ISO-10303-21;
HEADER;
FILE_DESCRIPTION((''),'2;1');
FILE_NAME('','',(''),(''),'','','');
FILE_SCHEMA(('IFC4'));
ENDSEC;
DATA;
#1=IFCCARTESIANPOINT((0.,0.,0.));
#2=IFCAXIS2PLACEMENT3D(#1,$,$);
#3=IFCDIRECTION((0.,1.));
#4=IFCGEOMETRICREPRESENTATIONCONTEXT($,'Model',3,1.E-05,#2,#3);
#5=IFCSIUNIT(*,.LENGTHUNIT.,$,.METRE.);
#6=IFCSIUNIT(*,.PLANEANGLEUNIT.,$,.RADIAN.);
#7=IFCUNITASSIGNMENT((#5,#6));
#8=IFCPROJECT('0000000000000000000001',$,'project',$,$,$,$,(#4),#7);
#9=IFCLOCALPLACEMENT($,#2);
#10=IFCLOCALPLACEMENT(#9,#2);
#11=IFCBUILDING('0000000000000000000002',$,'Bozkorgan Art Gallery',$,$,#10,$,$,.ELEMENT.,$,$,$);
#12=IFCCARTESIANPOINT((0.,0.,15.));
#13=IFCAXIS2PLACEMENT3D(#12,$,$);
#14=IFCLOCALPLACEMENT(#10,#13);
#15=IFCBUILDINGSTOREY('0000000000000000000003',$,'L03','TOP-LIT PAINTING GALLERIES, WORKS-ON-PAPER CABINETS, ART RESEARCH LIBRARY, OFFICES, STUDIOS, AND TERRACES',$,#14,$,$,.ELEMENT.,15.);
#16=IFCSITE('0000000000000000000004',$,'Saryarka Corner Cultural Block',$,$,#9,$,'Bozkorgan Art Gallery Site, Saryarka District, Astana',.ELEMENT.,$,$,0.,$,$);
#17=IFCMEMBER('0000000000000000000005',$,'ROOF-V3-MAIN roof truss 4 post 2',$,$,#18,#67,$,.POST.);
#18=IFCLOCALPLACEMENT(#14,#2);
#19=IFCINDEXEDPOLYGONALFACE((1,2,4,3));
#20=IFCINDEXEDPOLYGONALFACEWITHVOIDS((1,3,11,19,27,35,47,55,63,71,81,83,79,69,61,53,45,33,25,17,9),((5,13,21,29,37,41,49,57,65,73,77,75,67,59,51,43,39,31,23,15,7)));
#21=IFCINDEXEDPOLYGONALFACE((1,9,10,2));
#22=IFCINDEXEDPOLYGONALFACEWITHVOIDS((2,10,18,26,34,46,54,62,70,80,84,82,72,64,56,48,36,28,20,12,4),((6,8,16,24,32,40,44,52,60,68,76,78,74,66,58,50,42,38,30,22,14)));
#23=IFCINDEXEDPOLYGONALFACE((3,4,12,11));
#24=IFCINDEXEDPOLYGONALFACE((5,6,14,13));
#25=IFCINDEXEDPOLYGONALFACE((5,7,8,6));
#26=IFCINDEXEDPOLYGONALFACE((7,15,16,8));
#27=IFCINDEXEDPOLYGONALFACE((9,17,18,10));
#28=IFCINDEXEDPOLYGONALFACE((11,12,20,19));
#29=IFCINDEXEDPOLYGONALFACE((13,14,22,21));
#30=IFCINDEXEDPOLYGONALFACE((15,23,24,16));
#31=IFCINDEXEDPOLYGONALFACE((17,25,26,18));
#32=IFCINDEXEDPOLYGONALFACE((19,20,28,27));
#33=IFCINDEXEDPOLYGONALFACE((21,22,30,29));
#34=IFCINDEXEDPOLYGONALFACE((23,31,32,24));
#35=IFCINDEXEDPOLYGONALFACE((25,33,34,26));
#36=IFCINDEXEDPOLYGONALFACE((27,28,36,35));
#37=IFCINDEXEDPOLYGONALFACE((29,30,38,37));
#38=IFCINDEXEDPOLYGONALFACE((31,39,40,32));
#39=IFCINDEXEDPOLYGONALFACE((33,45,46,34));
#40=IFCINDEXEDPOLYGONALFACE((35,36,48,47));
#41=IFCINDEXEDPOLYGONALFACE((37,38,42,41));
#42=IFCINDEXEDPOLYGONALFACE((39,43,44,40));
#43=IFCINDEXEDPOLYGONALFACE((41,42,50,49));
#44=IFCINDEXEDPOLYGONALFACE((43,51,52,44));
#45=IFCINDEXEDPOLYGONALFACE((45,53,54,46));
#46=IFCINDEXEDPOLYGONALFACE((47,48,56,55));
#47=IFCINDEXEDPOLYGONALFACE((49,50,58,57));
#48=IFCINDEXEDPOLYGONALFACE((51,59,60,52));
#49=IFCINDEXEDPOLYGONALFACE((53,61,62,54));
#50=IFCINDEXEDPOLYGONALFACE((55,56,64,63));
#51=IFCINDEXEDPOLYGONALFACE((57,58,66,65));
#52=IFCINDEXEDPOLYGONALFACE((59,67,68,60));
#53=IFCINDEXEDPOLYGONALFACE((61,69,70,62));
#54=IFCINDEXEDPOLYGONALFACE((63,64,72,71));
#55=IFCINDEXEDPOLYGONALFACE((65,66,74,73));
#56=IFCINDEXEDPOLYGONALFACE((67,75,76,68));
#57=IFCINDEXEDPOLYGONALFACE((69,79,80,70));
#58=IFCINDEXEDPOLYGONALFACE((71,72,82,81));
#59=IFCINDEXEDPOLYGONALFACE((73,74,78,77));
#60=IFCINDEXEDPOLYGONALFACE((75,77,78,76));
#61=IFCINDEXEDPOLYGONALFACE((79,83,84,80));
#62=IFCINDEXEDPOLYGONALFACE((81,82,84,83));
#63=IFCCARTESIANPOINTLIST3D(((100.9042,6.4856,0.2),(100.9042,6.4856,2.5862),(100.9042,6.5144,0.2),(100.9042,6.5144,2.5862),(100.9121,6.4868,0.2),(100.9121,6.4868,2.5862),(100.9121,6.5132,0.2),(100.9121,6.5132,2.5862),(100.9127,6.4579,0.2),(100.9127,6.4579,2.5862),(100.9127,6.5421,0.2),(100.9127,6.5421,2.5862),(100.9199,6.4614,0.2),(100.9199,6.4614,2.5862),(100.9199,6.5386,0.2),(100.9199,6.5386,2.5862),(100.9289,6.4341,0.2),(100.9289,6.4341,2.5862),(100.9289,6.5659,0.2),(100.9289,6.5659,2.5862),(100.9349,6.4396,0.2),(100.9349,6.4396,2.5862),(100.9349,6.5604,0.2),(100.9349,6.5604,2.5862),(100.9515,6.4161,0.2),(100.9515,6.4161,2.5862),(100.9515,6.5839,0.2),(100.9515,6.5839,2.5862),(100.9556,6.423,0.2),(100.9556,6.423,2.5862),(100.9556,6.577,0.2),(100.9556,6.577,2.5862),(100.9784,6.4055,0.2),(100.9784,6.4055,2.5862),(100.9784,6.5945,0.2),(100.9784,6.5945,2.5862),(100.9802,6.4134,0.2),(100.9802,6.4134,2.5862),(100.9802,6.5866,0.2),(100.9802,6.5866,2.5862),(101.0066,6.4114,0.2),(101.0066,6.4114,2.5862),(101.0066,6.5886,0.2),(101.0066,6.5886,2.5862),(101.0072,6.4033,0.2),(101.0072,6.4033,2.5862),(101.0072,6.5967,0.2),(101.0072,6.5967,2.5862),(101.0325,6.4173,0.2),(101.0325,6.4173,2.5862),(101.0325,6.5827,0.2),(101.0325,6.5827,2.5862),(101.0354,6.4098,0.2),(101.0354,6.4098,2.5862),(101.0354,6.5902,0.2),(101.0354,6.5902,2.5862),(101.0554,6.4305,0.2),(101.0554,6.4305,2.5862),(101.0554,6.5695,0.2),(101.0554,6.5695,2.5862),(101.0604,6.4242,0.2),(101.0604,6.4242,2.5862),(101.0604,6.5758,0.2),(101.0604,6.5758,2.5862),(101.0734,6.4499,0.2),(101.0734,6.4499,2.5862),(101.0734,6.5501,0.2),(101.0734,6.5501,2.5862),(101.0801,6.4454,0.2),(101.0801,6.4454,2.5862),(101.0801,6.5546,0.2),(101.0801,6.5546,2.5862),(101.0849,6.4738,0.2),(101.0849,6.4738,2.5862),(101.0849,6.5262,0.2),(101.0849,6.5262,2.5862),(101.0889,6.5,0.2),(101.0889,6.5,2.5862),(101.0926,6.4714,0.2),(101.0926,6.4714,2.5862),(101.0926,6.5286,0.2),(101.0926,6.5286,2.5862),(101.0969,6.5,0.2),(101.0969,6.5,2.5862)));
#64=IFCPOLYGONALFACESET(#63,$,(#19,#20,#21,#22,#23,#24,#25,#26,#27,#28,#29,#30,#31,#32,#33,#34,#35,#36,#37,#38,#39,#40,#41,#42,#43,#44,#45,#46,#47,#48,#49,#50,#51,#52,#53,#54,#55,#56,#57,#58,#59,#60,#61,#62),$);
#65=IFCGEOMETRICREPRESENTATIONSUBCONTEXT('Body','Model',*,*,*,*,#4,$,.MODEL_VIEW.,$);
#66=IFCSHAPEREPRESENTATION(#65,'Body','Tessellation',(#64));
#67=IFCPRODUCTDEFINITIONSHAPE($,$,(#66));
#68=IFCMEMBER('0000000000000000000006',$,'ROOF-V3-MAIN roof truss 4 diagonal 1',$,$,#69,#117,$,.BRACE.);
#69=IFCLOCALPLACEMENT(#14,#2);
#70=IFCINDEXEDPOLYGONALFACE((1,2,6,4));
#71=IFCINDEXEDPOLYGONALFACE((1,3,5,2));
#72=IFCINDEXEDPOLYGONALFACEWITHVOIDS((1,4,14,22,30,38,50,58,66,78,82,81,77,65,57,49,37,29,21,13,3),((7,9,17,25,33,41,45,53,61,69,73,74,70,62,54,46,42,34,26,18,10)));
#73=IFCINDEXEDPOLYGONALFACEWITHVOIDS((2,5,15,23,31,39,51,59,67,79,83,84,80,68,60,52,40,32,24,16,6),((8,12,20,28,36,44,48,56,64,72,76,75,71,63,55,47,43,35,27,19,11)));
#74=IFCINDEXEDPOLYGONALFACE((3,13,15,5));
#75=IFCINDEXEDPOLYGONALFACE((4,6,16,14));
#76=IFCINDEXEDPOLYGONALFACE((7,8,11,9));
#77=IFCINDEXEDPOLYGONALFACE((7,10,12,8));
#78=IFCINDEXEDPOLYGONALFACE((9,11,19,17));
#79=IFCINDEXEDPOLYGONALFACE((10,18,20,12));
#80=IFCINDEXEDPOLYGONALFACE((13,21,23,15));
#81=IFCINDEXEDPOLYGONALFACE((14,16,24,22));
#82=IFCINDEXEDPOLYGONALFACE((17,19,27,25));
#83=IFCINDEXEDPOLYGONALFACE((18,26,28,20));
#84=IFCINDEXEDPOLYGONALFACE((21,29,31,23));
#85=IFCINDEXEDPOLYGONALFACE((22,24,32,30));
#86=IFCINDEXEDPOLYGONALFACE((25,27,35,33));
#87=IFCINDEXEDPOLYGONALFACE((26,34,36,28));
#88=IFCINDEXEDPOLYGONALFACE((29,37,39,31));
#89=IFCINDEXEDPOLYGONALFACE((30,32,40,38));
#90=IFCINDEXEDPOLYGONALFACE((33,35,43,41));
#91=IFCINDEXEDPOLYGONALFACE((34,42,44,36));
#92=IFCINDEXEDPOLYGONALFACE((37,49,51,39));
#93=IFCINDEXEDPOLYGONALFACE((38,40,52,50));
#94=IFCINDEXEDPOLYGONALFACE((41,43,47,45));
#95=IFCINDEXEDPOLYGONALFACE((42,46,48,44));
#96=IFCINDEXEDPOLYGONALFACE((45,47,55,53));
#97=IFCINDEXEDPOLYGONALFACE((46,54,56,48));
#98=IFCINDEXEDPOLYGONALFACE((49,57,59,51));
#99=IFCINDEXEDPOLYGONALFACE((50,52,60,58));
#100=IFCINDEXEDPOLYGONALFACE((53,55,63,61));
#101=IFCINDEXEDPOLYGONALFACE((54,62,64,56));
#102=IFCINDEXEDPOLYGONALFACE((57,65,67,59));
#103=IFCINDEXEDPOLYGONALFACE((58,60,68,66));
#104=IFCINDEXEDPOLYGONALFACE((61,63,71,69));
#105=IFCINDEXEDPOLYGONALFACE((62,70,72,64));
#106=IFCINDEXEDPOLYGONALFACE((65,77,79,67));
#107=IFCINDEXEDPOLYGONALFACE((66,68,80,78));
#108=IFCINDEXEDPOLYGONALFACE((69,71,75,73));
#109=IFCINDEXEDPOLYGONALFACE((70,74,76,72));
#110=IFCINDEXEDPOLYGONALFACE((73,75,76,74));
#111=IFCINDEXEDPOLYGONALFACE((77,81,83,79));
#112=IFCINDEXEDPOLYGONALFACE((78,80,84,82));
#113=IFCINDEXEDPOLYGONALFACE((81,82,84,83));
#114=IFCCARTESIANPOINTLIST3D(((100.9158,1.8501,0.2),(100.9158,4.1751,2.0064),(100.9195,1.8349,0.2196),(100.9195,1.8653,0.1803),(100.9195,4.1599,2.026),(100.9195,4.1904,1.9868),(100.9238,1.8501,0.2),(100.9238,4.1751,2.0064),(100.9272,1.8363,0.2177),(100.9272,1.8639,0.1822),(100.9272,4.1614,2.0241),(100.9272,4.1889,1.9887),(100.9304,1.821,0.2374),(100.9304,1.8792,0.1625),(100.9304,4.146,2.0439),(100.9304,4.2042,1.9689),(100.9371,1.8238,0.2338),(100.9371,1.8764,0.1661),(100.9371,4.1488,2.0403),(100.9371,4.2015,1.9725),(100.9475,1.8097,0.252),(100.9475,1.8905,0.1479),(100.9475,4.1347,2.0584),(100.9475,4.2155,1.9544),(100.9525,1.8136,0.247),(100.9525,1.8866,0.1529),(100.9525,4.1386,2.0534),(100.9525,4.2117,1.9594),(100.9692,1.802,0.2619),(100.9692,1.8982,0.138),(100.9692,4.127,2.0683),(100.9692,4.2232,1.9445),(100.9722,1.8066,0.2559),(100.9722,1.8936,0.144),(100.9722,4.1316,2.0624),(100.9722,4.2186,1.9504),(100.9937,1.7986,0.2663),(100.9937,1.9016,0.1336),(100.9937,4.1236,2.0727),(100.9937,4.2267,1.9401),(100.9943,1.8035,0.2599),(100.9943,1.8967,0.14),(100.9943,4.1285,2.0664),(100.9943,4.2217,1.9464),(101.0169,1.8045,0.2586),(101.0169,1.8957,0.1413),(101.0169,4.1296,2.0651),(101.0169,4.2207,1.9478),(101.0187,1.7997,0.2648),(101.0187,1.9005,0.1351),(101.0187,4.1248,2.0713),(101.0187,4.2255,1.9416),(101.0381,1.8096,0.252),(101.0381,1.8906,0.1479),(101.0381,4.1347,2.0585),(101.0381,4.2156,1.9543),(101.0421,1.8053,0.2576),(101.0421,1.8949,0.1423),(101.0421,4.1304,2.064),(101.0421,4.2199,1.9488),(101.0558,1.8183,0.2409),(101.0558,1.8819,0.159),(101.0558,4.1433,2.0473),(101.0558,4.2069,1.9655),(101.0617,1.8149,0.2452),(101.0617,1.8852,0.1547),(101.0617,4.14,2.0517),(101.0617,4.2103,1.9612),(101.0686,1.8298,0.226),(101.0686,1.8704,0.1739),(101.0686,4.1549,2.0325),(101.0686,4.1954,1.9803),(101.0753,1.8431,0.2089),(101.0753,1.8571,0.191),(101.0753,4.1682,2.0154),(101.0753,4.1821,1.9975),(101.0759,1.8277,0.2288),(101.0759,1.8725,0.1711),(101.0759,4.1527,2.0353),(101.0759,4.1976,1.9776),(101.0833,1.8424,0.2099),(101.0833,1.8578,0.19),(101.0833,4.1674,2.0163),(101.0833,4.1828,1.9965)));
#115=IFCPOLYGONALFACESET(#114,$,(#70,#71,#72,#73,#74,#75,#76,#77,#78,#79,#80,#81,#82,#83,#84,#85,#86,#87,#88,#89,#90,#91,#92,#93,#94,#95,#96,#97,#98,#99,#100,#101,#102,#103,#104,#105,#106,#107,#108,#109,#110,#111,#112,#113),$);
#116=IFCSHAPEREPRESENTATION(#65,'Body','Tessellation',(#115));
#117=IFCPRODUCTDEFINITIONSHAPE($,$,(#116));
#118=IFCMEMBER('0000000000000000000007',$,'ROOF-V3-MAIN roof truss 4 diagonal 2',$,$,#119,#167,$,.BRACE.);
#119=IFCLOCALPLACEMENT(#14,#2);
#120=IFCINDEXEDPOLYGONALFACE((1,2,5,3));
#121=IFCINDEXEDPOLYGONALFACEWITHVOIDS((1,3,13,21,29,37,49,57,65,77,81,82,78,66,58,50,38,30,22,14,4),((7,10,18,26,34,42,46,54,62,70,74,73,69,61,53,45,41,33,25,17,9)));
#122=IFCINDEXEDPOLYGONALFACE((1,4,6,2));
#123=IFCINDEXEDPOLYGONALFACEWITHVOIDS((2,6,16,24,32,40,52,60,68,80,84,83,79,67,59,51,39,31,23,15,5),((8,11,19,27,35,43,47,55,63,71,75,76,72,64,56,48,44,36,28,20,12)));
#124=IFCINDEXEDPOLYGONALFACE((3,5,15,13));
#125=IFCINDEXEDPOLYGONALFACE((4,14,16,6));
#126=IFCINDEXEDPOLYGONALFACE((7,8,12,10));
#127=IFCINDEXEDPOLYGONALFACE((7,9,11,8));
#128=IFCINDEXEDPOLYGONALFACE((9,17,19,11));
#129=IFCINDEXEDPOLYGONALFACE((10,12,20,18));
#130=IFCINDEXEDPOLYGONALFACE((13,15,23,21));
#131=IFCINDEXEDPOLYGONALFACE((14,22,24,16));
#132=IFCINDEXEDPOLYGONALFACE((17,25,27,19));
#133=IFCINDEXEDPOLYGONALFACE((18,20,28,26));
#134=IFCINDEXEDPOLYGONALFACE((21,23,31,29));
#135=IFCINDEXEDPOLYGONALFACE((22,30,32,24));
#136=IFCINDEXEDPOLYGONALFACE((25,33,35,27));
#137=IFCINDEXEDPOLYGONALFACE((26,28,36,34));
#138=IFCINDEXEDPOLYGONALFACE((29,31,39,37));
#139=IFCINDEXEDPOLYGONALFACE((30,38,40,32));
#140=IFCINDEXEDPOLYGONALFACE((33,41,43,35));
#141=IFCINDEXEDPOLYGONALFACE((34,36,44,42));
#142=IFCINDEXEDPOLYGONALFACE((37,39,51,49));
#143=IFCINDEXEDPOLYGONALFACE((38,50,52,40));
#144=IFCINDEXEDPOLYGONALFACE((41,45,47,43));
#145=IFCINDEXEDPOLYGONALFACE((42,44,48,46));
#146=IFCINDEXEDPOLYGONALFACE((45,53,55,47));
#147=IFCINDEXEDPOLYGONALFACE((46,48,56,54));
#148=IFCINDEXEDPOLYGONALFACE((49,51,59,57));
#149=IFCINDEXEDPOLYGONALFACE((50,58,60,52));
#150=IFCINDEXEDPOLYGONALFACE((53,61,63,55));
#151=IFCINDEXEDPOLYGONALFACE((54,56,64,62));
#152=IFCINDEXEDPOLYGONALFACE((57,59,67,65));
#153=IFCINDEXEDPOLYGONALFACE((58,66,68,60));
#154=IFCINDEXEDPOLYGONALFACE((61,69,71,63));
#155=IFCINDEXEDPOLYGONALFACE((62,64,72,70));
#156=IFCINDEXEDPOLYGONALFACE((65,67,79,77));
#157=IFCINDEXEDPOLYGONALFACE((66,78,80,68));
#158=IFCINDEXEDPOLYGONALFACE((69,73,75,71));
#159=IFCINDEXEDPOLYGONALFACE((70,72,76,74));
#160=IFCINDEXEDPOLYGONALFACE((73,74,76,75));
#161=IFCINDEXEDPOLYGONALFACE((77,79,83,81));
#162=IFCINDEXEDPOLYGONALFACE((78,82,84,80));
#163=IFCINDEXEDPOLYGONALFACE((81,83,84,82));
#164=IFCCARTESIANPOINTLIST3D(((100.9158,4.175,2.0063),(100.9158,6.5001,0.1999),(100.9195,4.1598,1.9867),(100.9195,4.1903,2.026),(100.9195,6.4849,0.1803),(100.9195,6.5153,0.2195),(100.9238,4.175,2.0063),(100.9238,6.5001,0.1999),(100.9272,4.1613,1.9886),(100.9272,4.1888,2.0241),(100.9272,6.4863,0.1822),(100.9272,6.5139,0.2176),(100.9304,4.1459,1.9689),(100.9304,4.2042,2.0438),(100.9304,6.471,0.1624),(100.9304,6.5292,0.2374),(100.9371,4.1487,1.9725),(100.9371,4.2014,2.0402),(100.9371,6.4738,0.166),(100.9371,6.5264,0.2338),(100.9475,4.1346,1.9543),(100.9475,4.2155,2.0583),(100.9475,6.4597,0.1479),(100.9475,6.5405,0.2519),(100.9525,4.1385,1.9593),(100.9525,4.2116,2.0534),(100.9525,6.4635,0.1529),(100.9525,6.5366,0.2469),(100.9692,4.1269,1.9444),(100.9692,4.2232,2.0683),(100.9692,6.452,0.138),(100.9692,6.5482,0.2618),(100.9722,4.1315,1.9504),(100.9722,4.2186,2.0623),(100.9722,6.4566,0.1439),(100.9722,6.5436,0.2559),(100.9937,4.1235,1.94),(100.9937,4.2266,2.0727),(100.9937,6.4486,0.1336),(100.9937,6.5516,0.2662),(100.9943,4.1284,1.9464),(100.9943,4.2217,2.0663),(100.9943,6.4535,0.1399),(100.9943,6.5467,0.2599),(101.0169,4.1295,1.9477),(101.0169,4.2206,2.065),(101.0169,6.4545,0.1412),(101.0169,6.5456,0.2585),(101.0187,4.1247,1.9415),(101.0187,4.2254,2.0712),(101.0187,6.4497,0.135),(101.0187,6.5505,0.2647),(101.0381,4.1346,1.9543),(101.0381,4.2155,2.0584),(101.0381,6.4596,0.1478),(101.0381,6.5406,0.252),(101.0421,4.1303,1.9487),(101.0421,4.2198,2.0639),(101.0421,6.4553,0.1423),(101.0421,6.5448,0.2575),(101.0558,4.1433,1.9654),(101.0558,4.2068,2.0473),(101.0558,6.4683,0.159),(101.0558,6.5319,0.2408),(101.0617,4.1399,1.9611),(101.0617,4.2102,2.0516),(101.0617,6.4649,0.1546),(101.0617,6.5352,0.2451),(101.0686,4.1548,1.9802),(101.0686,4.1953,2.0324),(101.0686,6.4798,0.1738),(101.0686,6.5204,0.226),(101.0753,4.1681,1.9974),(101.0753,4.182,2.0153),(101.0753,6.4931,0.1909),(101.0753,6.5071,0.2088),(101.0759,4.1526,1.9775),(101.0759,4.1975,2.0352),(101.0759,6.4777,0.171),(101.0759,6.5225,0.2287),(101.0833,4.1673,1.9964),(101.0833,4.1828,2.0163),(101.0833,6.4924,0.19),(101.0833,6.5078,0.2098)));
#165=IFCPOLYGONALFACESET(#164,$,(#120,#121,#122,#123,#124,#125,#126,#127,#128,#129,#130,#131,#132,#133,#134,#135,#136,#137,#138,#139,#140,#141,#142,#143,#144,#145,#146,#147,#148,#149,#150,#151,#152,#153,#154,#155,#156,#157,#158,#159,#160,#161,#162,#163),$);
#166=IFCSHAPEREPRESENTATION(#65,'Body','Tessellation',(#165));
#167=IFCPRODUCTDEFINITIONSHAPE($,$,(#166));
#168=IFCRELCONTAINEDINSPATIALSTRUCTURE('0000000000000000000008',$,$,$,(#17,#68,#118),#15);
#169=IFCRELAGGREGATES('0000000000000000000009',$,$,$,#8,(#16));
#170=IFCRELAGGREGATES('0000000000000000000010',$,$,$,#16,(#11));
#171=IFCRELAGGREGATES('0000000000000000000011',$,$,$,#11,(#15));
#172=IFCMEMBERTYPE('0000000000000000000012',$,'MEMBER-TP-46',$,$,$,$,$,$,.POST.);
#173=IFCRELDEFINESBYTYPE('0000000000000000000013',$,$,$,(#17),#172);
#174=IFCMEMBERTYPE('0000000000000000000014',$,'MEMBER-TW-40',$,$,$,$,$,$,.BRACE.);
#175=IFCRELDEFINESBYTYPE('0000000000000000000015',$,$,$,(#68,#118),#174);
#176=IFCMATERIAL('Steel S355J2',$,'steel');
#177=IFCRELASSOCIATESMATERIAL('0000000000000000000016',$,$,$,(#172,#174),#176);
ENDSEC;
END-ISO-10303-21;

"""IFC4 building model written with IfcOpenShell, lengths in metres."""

from ifc_helpers import new_model, si_unit, direction, frame, origin, origin_2d, place, context, subcontext, project, spatial, hollow_circle, extrude, material, material_profile, profile_set, type_object, element, save


model = new_model("IFC4")

# Units and contexts
model_context = context("Model", 3, precision=1e-05, world=origin(), true_north=direction((0.0, 1.0)))
body_context = subcontext(model_context, "Body", "Model", "MODEL_VIEW")
ifc_project = project(units=[si_unit("LENGTHUNIT", "METRE"), si_unit("PLANEANGLEUNIT", "RADIAN")], contexts=[model_context])

# Site, building, storey
site_placement = place(None, origin())
site = spatial("IfcSite", under=ifc_project, at=site_placement, Name="Saryarka Corner Cultural Block", LongName="Bozkorgan Art Gallery Site, Saryarka District, Astana", CompositionType="ELEMENT", RefElevation=0.0)
building_placement = place(site_placement, origin())
building = spatial("IfcBuilding", under=site, at=building_placement, Name="Bozkorgan Art Gallery", CompositionType="ELEMENT")
storey_placement = place(building_placement, frame((0.0, 0.0, 15.0)))
storey = spatial("IfcBuildingStorey", under=building, at=storey_placement, Name="L03", Description="TOP-LIT PAINTING GALLERIES, WORKS-ON-PAPER CABINETS, ART RESEARCH LIBRARY, OFFICES, STUDIOS, AND TERRACES", CompositionType="ELEMENT", Elevation=15.0)

# Shared definitions
ifc_material_1 = material(Name="Steel S355J2", Category="steel")

# Members
ifc_material_profile_1 = material_profile(ifc_material_1, hollow_circle(Radius=0.0969, WallThickness=0.0081, at=origin_2d()), Name="CHS 193.7x8")
ifc_profile_set_1 = profile_set([ifc_material_profile_1], Name="Steel S355J2")
member_type_1 = type_object("IfcMemberType", Name="MEMBER-TP-46", PredefinedType="POST", material=ifc_profile_set_1)
member_1_placement = place(storey_placement, frame((101.0, 6.5, 0.2), z_axis=(0.0, 0.0, 1.0), x_axis=(1.0, 0.0, 0.0)))
element("IfcMember", 1, at=member_1_placement, inside=storey, type_object=member_type_1, Name="ROOF-V3-MAIN roof truss 4 post 2", PredefinedType="POST", context=body_context, shape_type="SweptSolid", body=[
    extrude(hollow_circle(Radius=0.0969, WallThickness=0.0081, at=origin_2d()), origin(), (0.0, 0.0, 1.0), 2.3862),
])
ifc_material_profile_2 = material_profile(ifc_material_1, hollow_circle(Radius=0.0842, WallThickness=0.0081, at=origin_2d()), Name="CHS 168.3x8")
ifc_profile_set_2 = profile_set([ifc_material_profile_2], Name="Steel S355J2")
member_type_2 = type_object("IfcMemberType", Name="MEMBER-TW-40", PredefinedType="BRACE", material=ifc_profile_set_2)
for number, where, z_axis, x_axis, name in (
    (2, (101.0, 1.8501, 0.2), (0.0, 0.789665, 0.613539), (-1.0, 0.0, 0.0), "ROOF-V3-MAIN roof truss 4 diagonal 1"),
    (3, (101.0, 4.175, 2.0063), (0.0, 0.789665, -0.613539), (-1.0, 0.0, 0.0), "ROOF-V3-MAIN roof truss 4 diagonal 2"),
):
    element("IfcMember", number, at=place(storey_placement, frame(where, z_axis=z_axis, x_axis=x_axis)), inside=storey, type_object=member_type_2, Name=name, PredefinedType="BRACE", context=body_context, shape_type="SweptSolid", body=[
        extrude(hollow_circle(Radius=0.0842, WallThickness=0.0081, at=origin_2d()), origin(), (0.0, 0.0, 1.0), 2.9443),
    ])

save(model, "model.ifc")
